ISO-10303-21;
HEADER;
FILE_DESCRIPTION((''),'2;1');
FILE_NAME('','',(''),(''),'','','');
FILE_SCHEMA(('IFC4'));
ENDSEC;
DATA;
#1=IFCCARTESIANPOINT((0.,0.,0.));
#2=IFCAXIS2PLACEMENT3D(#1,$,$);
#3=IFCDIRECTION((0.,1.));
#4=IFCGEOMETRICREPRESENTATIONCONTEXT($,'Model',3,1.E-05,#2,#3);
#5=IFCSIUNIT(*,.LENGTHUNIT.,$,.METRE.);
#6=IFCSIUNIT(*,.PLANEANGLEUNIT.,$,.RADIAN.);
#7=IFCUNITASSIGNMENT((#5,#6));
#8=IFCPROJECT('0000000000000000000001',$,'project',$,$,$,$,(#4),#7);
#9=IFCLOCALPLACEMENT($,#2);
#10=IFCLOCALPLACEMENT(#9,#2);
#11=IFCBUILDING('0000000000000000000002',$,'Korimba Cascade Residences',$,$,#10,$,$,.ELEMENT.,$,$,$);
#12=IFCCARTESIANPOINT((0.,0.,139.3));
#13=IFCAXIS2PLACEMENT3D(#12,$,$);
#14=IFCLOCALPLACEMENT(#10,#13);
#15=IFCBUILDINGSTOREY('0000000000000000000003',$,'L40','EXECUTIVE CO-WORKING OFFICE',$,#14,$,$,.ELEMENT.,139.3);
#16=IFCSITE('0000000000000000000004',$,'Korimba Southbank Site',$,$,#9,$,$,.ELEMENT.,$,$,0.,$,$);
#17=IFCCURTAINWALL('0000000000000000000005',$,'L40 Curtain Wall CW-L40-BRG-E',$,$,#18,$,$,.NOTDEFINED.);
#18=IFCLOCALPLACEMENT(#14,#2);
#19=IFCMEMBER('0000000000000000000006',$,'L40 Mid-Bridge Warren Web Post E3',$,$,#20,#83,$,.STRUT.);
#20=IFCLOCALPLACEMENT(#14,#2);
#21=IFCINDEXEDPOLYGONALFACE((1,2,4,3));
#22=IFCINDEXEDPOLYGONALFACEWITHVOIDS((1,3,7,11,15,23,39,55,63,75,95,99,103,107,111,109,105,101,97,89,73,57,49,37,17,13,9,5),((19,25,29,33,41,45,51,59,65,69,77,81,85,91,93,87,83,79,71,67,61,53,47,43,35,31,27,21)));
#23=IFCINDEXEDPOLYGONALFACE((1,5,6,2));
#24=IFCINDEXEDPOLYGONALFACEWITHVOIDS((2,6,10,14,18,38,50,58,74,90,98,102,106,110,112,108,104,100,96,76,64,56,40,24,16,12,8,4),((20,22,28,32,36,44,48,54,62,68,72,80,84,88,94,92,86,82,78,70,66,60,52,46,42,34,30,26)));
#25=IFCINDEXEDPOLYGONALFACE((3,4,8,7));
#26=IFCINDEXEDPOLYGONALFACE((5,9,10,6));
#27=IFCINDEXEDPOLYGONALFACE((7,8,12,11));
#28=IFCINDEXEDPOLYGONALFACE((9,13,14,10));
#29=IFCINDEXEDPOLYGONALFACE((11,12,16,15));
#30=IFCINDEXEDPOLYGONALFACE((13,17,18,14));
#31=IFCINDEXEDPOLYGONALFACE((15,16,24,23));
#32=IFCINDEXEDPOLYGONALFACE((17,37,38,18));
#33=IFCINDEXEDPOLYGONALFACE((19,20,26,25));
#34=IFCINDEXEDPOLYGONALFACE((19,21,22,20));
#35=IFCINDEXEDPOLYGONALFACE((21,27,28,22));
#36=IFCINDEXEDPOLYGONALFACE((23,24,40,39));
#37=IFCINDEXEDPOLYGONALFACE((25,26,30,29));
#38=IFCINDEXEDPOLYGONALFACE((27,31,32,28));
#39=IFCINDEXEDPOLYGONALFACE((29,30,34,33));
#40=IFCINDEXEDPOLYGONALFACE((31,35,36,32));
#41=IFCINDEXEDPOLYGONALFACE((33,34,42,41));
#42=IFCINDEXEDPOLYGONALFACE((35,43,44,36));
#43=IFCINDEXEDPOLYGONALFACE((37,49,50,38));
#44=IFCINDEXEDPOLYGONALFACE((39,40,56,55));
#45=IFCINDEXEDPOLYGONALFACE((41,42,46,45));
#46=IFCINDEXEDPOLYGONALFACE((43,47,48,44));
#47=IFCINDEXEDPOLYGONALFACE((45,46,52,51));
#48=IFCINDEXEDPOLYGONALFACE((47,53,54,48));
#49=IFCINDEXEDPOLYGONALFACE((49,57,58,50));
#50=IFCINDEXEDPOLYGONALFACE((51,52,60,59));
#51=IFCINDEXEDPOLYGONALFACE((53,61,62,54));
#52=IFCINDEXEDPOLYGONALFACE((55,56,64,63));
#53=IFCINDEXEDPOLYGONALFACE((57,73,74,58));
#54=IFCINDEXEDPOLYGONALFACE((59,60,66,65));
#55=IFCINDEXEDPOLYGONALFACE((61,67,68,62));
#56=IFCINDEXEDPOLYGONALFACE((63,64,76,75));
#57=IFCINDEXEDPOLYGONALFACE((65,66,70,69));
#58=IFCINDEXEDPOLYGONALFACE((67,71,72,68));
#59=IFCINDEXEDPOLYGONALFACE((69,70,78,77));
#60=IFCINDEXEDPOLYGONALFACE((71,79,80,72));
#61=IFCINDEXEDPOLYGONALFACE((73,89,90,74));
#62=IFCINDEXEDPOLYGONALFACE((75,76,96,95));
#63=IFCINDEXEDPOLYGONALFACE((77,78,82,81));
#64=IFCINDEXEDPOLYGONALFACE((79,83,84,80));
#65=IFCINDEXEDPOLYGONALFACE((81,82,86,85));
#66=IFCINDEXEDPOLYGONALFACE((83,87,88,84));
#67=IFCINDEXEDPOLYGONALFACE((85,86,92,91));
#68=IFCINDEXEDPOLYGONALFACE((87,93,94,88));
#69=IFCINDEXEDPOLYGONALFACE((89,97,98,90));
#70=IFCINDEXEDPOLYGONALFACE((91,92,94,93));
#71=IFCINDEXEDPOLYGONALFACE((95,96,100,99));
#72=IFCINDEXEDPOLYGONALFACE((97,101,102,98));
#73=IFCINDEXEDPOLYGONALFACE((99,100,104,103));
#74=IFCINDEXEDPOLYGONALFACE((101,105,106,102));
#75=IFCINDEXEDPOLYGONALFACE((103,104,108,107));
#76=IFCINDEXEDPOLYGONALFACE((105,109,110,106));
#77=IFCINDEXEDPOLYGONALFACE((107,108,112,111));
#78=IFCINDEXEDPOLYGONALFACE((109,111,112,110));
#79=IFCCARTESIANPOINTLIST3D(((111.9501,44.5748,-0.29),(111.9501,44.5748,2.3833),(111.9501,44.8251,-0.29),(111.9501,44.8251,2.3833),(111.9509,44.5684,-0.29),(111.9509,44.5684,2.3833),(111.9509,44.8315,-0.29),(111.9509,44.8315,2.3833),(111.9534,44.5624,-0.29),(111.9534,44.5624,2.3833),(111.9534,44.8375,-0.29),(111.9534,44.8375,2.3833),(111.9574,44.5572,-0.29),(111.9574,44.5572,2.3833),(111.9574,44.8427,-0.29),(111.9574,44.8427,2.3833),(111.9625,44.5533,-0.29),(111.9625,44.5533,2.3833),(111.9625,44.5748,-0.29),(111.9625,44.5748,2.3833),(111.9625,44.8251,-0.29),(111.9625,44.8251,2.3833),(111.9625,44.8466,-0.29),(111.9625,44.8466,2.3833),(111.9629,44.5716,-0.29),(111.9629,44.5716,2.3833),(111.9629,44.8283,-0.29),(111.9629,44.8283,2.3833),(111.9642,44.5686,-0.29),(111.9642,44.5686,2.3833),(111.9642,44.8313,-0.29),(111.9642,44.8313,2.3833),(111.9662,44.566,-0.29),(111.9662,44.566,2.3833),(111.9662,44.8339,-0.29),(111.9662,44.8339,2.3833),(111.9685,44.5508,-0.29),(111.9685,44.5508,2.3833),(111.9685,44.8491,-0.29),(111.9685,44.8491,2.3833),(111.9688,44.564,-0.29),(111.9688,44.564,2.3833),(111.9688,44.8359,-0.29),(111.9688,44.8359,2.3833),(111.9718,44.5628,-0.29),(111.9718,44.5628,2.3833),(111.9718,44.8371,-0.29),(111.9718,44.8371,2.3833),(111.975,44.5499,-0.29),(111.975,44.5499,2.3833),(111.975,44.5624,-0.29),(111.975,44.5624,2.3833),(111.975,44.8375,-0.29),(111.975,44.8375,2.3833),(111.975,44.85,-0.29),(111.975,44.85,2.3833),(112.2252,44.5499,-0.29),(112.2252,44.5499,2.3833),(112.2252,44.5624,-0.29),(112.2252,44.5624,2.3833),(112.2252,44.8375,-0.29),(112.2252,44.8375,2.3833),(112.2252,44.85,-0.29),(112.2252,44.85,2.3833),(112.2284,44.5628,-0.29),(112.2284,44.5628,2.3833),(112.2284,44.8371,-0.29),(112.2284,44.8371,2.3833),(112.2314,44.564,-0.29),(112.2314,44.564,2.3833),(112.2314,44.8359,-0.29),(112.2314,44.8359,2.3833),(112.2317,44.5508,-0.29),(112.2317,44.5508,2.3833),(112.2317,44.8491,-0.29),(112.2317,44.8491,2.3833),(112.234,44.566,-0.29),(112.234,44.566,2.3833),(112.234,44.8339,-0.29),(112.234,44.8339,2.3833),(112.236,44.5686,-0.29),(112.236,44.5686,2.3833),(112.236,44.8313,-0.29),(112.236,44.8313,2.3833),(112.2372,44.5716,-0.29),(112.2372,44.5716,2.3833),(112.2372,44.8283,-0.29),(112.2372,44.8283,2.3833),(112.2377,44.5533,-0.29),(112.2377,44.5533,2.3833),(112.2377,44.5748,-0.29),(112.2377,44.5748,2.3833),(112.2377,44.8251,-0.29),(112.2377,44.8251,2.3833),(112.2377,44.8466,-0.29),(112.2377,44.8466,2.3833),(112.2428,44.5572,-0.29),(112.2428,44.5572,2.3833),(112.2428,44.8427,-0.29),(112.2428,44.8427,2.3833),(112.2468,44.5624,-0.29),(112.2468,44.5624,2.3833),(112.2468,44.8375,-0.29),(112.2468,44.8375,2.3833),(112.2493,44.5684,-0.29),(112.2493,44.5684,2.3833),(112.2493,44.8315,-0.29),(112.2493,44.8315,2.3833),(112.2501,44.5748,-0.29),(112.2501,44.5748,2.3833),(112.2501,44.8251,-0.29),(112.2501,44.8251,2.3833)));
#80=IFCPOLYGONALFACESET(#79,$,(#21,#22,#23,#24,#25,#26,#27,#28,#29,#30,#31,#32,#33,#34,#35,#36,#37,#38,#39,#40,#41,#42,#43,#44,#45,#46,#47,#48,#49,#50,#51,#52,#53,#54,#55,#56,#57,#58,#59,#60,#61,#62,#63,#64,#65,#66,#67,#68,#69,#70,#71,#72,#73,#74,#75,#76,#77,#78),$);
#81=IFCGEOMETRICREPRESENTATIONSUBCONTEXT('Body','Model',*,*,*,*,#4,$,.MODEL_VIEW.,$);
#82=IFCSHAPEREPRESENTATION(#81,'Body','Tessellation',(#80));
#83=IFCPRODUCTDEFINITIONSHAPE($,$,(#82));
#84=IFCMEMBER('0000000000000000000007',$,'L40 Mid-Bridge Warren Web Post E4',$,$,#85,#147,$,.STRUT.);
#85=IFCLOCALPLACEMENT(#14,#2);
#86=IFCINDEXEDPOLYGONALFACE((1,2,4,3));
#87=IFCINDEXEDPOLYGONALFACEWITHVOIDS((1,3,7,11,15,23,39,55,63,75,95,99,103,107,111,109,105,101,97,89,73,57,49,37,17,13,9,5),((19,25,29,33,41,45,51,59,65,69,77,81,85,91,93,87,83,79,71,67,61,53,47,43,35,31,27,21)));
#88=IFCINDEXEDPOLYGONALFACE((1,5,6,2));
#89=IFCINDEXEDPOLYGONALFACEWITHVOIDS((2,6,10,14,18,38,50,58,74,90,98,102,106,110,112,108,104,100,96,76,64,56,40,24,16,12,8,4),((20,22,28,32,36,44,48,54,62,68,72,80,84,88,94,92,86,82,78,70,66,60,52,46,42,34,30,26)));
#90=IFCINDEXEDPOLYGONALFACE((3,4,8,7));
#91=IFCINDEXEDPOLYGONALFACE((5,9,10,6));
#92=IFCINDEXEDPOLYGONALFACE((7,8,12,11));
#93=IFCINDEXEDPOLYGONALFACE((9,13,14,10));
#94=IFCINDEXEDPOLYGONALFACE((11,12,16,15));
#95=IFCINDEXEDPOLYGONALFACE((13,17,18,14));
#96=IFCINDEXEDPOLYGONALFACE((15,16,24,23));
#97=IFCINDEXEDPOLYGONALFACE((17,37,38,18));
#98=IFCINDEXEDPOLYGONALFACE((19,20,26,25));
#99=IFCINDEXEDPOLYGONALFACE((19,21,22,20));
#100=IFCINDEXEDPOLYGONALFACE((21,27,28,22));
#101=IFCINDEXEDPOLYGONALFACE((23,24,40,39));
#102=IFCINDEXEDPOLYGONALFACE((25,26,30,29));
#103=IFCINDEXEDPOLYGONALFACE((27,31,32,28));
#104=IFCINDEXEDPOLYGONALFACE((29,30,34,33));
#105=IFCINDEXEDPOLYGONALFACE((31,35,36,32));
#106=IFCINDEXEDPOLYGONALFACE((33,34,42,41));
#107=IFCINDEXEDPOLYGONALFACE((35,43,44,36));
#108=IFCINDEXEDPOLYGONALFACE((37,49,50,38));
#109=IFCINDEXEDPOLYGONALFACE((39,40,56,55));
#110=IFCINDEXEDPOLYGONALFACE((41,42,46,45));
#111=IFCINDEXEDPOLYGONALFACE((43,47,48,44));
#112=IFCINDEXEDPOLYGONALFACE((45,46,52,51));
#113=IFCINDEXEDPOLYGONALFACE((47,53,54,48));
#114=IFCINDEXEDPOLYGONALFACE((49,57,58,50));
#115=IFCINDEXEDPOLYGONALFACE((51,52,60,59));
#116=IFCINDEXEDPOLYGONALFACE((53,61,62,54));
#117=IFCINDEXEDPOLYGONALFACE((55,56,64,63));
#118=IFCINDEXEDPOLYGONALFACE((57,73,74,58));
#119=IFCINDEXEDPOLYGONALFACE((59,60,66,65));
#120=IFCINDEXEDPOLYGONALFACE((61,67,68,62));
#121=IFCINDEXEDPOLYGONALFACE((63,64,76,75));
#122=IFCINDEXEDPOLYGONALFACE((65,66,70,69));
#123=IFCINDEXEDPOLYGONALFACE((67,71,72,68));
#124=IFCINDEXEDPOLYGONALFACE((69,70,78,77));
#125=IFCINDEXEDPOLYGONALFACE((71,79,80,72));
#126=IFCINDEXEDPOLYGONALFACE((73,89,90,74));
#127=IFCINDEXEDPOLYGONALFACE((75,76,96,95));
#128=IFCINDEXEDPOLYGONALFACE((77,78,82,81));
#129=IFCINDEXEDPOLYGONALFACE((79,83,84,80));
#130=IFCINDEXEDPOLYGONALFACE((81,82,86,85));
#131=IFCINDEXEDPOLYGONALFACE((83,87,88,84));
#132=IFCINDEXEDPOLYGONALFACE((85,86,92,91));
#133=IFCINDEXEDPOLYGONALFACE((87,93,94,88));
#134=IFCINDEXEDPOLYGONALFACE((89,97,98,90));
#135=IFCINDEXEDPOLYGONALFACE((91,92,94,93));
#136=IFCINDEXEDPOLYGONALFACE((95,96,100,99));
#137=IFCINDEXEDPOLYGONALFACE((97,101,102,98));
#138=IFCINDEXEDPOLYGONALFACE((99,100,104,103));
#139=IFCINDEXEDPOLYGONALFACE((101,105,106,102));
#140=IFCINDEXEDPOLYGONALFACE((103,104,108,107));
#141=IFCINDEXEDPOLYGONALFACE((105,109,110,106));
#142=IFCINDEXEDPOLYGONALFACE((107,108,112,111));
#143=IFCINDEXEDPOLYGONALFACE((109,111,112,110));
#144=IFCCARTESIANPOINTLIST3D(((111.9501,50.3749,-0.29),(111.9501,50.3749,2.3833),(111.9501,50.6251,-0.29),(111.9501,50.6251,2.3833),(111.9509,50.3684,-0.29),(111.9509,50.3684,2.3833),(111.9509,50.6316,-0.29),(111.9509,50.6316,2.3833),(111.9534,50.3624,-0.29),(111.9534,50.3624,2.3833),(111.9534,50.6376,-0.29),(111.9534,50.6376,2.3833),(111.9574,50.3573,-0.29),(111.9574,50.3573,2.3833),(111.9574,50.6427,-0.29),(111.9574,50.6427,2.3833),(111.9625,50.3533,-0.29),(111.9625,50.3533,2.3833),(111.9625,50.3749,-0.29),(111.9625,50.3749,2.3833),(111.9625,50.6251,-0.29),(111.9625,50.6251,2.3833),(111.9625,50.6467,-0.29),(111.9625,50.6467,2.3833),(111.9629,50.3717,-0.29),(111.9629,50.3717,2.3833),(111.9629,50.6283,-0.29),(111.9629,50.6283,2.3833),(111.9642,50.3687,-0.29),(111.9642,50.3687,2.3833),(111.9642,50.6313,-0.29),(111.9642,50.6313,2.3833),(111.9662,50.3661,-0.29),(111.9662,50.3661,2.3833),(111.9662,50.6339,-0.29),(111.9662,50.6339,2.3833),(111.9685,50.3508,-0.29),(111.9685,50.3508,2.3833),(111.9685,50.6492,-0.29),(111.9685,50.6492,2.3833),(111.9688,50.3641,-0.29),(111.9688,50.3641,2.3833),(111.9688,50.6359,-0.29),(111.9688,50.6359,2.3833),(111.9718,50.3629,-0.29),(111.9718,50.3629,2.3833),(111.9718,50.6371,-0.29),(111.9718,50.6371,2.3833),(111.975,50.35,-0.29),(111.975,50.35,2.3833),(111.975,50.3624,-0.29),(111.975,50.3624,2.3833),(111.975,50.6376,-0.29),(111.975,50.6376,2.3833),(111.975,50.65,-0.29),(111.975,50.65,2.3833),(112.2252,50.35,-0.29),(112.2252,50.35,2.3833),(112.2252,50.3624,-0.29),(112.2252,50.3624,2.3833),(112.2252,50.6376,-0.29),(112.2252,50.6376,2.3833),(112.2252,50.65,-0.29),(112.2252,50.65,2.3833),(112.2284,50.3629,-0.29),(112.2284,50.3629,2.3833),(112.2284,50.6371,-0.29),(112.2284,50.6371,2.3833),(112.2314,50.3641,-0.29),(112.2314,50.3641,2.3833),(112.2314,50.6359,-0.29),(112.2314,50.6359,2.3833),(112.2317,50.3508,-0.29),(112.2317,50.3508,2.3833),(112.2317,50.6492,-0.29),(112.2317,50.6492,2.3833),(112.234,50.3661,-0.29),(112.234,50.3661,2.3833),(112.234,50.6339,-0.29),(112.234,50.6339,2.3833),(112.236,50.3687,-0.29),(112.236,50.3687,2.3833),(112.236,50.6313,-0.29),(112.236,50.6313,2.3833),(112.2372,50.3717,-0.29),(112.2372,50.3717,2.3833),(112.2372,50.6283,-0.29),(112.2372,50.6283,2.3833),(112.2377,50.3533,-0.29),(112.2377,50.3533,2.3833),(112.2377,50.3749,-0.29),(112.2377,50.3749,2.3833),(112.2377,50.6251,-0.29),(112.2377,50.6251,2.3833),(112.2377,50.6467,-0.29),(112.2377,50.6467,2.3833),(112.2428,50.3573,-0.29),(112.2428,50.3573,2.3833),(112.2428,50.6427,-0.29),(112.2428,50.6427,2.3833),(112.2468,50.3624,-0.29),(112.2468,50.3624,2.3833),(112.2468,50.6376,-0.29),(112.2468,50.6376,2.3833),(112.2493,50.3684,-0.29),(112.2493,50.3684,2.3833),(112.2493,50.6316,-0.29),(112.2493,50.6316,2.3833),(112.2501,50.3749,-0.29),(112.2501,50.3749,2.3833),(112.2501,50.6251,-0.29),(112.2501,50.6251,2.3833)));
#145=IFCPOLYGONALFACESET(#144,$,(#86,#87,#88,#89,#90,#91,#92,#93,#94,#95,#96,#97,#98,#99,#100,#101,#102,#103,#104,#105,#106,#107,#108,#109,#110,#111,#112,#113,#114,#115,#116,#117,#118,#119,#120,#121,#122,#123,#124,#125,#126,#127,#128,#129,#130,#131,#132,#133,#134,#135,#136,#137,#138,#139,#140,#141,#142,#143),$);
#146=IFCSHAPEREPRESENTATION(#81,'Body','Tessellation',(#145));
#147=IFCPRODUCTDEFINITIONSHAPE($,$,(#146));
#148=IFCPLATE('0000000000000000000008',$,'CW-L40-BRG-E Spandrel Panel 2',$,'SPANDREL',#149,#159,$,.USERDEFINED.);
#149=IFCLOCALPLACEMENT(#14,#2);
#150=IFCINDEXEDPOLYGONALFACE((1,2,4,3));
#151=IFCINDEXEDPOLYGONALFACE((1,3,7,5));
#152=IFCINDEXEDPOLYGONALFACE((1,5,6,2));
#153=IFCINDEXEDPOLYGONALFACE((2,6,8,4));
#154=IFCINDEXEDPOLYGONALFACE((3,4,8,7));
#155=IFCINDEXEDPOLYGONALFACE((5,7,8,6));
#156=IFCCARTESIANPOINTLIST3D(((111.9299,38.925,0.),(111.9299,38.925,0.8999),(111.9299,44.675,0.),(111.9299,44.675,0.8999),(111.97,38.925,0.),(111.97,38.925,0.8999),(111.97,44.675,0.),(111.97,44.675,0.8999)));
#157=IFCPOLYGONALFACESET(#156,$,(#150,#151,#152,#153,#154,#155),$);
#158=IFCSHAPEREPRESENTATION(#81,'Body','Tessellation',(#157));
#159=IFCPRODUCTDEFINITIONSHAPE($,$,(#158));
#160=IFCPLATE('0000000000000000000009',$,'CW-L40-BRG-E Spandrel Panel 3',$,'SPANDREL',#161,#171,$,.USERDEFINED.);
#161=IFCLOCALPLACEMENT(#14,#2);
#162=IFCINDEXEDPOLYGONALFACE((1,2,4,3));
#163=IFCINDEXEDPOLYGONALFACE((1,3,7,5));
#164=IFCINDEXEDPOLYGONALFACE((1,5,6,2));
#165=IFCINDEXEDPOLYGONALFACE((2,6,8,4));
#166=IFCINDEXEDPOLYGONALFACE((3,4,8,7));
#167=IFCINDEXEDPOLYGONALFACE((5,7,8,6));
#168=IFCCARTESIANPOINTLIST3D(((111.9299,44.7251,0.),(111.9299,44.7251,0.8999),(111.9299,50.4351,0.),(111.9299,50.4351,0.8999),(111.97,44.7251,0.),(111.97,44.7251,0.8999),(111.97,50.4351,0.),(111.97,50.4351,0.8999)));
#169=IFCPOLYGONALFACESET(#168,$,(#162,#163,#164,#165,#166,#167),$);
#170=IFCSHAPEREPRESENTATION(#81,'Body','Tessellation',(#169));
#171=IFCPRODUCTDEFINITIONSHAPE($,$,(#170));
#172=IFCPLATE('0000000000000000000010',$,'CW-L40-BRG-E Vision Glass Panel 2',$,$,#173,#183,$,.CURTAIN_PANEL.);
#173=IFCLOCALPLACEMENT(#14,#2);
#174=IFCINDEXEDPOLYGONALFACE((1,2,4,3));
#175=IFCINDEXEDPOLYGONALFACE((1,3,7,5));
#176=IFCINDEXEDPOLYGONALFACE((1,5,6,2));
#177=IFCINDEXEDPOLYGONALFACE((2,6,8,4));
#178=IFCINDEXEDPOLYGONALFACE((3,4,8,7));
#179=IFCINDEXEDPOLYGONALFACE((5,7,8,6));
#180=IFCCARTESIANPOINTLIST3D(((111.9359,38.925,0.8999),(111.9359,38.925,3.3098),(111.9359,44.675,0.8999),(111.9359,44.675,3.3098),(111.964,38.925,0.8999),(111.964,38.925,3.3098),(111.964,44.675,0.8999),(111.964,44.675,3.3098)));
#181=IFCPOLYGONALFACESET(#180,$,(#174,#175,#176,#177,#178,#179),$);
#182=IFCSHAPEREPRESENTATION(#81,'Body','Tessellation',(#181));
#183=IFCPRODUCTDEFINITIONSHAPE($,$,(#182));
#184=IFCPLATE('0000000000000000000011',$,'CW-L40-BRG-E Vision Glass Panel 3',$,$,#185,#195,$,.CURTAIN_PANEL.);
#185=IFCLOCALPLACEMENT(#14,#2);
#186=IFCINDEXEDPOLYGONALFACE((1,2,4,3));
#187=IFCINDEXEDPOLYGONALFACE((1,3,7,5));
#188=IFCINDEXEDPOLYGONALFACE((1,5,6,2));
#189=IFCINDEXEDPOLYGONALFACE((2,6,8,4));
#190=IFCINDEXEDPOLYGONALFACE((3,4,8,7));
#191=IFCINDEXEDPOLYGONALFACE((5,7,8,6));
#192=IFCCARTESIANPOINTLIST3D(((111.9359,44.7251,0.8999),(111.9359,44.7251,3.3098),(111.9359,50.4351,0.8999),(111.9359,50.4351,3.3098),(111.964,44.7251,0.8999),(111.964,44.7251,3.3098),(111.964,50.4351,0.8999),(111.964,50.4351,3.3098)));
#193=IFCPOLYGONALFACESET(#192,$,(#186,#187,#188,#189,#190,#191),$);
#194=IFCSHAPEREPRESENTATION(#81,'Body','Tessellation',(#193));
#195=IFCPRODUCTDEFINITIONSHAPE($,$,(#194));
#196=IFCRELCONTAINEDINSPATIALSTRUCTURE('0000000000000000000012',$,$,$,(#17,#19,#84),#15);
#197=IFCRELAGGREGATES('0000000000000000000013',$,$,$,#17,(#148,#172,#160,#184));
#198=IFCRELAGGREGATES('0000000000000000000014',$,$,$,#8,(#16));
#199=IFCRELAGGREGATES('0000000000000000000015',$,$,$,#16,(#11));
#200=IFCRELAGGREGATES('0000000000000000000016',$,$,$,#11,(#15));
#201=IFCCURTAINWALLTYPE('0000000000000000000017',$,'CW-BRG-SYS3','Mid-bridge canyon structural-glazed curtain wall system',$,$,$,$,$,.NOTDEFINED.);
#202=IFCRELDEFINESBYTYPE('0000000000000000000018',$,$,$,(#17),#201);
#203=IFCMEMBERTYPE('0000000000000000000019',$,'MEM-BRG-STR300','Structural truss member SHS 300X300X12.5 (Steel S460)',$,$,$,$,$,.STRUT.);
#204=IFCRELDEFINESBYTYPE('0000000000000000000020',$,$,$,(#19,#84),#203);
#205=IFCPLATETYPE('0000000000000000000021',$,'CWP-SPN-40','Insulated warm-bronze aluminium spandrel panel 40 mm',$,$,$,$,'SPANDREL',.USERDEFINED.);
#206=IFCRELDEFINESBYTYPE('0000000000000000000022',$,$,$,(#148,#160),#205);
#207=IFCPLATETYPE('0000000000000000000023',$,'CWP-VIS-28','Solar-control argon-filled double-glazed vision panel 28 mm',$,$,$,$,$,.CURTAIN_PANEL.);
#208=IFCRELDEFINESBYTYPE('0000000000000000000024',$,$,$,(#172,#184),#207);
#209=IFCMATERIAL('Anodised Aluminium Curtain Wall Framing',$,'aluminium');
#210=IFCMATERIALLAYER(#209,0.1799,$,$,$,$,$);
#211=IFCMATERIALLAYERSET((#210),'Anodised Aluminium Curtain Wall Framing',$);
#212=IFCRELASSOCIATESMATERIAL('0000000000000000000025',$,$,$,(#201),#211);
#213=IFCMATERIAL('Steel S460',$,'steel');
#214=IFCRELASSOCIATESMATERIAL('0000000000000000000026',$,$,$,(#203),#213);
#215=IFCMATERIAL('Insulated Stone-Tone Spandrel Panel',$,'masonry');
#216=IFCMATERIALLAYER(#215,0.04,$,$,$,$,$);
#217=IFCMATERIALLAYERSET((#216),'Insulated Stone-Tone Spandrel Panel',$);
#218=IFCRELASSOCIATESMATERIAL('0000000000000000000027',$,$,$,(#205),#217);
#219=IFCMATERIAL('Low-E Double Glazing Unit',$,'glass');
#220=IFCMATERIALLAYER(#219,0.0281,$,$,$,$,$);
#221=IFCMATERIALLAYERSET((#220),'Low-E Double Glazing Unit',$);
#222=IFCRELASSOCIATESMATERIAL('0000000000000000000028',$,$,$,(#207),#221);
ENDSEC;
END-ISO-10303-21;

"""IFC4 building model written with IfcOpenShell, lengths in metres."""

from ifc_helpers import new_model, si_unit, direction, frame, origin, origin_2d, place, context, subcontext, project, spatial, rectangle, hollow_rectangle, extrude, material, layer, layer_set, material_profile, profile_set, type_object, element, aggregate, save


model = new_model("IFC4")

# Units and contexts
model_context = context("Model", 3, precision=1e-05, world=origin(), true_north=direction((0.0, 1.0)))
body_context = subcontext(model_context, "Body", "Model", "MODEL_VIEW")
ifc_project = project(units=[si_unit("LENGTHUNIT", "METRE"), si_unit("PLANEANGLEUNIT", "RADIAN")], contexts=[model_context])

# Site, building, storey
site_placement = place(None, origin())
site = spatial("IfcSite", under=ifc_project, at=site_placement, Name="Korimba Southbank Site", CompositionType="ELEMENT", RefElevation=0.0)
building_placement = place(site_placement, origin())
building = spatial("IfcBuilding", under=site, at=building_placement, Name="Korimba Cascade Residences", CompositionType="ELEMENT")
storey_placement = place(building_placement, frame((0.0, 0.0, 139.3)))
storey = spatial("IfcBuildingStorey", under=building, at=storey_placement, Name="L40", Description="EXECUTIVE CO-WORKING OFFICE", CompositionType="ELEMENT", Elevation=139.3)

# Curtain wall
ifc_material_1 = material(Name="Anodised Aluminium Curtain Wall Framing", Category="aluminium")
ifc_layer_1 = layer(ifc_material_1, 0.1799)
ifc_layer_set_1 = layer_set([ifc_layer_1], Name="Anodised Aluminium Curtain Wall Framing")
curtain_wall_type = type_object("IfcCurtainWallType", Name="CW-BRG-SYS3", Description="Mid-bridge canyon structural-glazed curtain wall system", PredefinedType="NOTDEFINED", material=ifc_layer_set_1)
curtain_wall_placement = place(storey_placement, origin())
curtain_wall = element("IfcCurtainWall", 1, at=curtain_wall_placement, inside=storey, type_object=curtain_wall_type, Name="L40 Curtain Wall CW-L40-BRG-E", PredefinedType="NOTDEFINED")

# Members
ifc_material_2 = material(Name="Steel S460", Category="steel")
ifc_material_profile_1 = material_profile(ifc_material_2, hollow_rectangle(XDim=0.3, YDim=0.3, WallThickness=0.0125, InnerFilletRadius=0.0125, OuterFilletRadius=0.0249, at=origin_2d()), Name="Steel S460")
ifc_profile_set_1 = profile_set([ifc_material_profile_1], Name="Steel S460")
member_type_1 = type_object("IfcMemberType", Name="MEM-BRG-STR300", Description="Structural truss member SHS 300X300X12.5 (Steel S460)", PredefinedType="STRUT", material=ifc_profile_set_1)
for number, where, z_axis, x_axis, name in (
    (2, (112.1001, 44.7, -0.29), (0.0, 0.0, 1.0), (1.0, 0.0, 0.0), "L40 Mid-Bridge Warren Web Post E3"),
    (3, (112.1001, 50.5, -0.29), (0.0, 0.0, 1.0), (1.0, 0.0, 0.0), "L40 Mid-Bridge Warren Web Post E4"),
):
    element("IfcMember", number, at=place(storey_placement, frame(where, z_axis=z_axis, x_axis=x_axis)), inside=storey, type_object=member_type_1, Name=name, PredefinedType="STRUT", context=body_context, shape_type="SweptSolid", body=[
        extrude(hollow_rectangle(XDim=0.3, YDim=0.3, WallThickness=0.0125, InnerFilletRadius=0.0125, OuterFilletRadius=0.0249, at=origin_2d()), origin(), (0.0, 0.0, 1.0), 2.6733),
    ])

# Plates
ifc_material_3 = material(Name="Insulated Stone-Tone Spandrel Panel", Category="masonry")
ifc_layer_2 = layer(ifc_material_3, 0.04)
ifc_layer_set_2 = layer_set([ifc_layer_2], Name="Insulated Stone-Tone Spandrel Panel")
plate_type_1 = type_object("IfcPlateType", Name="CWP-SPN-40", Description="Insulated warm-bronze aluminium spandrel panel 40 mm", ElementType="SPANDREL", PredefinedType="USERDEFINED", material=ifc_layer_set_2)
plate_1_placement = place(storey_placement, frame((111.95, 41.8, 0.0), z_axis=(0.0, 0.0, 1.0), x_axis=(0.0, 1.0, 0.0)))
plate_1 = element("IfcPlate", 4, at=plate_1_placement, type_object=plate_type_1, Name="CW-L40-BRG-E Spandrel Panel 2", ObjectType="SPANDREL", PredefinedType="USERDEFINED", context=body_context, shape_type="SweptSolid", body=[
    extrude(rectangle(XDim=5.75, YDim=0.04, at=origin_2d()), origin(), (0.0, 0.0, 1.0), 0.8999),
])
plate_2_placement = place(storey_placement, frame((111.95, 47.5801, 0.0), z_axis=(0.0, 0.0, 1.0), x_axis=(0.0, 1.0, 0.0)))
plate_2 = element("IfcPlate", 5, at=plate_2_placement, type_object=plate_type_1, Name="CW-L40-BRG-E Spandrel Panel 3", ObjectType="SPANDREL", PredefinedType="USERDEFINED", context=body_context, shape_type="SweptSolid", body=[
    extrude(rectangle(XDim=5.71, YDim=0.04, at=origin_2d()), origin(), (0.0, 0.0, 1.0), 0.8999),
])
ifc_material_4 = material(Name="Low-E Double Glazing Unit", Category="glass")
ifc_layer_3 = layer(ifc_material_4, 0.0281)
ifc_layer_set_3 = layer_set([ifc_layer_3], Name="Low-E Double Glazing Unit")
plate_type_2 = type_object("IfcPlateType", Name="CWP-VIS-28", Description="Solar-control argon-filled double-glazed vision panel 28 mm", PredefinedType="CURTAIN_PANEL", material=ifc_layer_set_3)
plate_3_placement = place(storey_placement, frame((111.95, 41.8, 0.8999), z_axis=(0.0, 0.0, 1.0), x_axis=(0.0, 1.0, 0.0)))
plate_3 = element("IfcPlate", 6, at=plate_3_placement, type_object=plate_type_2, Name="CW-L40-BRG-E Vision Glass Panel 2", PredefinedType="CURTAIN_PANEL", context=body_context, shape_type="SweptSolid", body=[
    extrude(rectangle(XDim=5.75, YDim=0.0281, at=origin_2d()), origin(), (0.0, 0.0, 1.0), 2.4099),
])
plate_4_placement = place(storey_placement, frame((111.95, 47.5801, 0.8999), z_axis=(0.0, 0.0, 1.0), x_axis=(0.0, 1.0, 0.0)))
plate_4 = element("IfcPlate", 7, at=plate_4_placement, type_object=plate_type_2, Name="CW-L40-BRG-E Vision Glass Panel 3", PredefinedType="CURTAIN_PANEL", context=body_context, shape_type="SweptSolid", body=[
    extrude(rectangle(XDim=5.71, YDim=0.0281, at=origin_2d()), origin(), (0.0, 0.0, 1.0), 2.4099),
])
aggregate(curtain_wall, [plate_1, plate_3, plate_2, plate_4])

save(model, "model.ifc")
